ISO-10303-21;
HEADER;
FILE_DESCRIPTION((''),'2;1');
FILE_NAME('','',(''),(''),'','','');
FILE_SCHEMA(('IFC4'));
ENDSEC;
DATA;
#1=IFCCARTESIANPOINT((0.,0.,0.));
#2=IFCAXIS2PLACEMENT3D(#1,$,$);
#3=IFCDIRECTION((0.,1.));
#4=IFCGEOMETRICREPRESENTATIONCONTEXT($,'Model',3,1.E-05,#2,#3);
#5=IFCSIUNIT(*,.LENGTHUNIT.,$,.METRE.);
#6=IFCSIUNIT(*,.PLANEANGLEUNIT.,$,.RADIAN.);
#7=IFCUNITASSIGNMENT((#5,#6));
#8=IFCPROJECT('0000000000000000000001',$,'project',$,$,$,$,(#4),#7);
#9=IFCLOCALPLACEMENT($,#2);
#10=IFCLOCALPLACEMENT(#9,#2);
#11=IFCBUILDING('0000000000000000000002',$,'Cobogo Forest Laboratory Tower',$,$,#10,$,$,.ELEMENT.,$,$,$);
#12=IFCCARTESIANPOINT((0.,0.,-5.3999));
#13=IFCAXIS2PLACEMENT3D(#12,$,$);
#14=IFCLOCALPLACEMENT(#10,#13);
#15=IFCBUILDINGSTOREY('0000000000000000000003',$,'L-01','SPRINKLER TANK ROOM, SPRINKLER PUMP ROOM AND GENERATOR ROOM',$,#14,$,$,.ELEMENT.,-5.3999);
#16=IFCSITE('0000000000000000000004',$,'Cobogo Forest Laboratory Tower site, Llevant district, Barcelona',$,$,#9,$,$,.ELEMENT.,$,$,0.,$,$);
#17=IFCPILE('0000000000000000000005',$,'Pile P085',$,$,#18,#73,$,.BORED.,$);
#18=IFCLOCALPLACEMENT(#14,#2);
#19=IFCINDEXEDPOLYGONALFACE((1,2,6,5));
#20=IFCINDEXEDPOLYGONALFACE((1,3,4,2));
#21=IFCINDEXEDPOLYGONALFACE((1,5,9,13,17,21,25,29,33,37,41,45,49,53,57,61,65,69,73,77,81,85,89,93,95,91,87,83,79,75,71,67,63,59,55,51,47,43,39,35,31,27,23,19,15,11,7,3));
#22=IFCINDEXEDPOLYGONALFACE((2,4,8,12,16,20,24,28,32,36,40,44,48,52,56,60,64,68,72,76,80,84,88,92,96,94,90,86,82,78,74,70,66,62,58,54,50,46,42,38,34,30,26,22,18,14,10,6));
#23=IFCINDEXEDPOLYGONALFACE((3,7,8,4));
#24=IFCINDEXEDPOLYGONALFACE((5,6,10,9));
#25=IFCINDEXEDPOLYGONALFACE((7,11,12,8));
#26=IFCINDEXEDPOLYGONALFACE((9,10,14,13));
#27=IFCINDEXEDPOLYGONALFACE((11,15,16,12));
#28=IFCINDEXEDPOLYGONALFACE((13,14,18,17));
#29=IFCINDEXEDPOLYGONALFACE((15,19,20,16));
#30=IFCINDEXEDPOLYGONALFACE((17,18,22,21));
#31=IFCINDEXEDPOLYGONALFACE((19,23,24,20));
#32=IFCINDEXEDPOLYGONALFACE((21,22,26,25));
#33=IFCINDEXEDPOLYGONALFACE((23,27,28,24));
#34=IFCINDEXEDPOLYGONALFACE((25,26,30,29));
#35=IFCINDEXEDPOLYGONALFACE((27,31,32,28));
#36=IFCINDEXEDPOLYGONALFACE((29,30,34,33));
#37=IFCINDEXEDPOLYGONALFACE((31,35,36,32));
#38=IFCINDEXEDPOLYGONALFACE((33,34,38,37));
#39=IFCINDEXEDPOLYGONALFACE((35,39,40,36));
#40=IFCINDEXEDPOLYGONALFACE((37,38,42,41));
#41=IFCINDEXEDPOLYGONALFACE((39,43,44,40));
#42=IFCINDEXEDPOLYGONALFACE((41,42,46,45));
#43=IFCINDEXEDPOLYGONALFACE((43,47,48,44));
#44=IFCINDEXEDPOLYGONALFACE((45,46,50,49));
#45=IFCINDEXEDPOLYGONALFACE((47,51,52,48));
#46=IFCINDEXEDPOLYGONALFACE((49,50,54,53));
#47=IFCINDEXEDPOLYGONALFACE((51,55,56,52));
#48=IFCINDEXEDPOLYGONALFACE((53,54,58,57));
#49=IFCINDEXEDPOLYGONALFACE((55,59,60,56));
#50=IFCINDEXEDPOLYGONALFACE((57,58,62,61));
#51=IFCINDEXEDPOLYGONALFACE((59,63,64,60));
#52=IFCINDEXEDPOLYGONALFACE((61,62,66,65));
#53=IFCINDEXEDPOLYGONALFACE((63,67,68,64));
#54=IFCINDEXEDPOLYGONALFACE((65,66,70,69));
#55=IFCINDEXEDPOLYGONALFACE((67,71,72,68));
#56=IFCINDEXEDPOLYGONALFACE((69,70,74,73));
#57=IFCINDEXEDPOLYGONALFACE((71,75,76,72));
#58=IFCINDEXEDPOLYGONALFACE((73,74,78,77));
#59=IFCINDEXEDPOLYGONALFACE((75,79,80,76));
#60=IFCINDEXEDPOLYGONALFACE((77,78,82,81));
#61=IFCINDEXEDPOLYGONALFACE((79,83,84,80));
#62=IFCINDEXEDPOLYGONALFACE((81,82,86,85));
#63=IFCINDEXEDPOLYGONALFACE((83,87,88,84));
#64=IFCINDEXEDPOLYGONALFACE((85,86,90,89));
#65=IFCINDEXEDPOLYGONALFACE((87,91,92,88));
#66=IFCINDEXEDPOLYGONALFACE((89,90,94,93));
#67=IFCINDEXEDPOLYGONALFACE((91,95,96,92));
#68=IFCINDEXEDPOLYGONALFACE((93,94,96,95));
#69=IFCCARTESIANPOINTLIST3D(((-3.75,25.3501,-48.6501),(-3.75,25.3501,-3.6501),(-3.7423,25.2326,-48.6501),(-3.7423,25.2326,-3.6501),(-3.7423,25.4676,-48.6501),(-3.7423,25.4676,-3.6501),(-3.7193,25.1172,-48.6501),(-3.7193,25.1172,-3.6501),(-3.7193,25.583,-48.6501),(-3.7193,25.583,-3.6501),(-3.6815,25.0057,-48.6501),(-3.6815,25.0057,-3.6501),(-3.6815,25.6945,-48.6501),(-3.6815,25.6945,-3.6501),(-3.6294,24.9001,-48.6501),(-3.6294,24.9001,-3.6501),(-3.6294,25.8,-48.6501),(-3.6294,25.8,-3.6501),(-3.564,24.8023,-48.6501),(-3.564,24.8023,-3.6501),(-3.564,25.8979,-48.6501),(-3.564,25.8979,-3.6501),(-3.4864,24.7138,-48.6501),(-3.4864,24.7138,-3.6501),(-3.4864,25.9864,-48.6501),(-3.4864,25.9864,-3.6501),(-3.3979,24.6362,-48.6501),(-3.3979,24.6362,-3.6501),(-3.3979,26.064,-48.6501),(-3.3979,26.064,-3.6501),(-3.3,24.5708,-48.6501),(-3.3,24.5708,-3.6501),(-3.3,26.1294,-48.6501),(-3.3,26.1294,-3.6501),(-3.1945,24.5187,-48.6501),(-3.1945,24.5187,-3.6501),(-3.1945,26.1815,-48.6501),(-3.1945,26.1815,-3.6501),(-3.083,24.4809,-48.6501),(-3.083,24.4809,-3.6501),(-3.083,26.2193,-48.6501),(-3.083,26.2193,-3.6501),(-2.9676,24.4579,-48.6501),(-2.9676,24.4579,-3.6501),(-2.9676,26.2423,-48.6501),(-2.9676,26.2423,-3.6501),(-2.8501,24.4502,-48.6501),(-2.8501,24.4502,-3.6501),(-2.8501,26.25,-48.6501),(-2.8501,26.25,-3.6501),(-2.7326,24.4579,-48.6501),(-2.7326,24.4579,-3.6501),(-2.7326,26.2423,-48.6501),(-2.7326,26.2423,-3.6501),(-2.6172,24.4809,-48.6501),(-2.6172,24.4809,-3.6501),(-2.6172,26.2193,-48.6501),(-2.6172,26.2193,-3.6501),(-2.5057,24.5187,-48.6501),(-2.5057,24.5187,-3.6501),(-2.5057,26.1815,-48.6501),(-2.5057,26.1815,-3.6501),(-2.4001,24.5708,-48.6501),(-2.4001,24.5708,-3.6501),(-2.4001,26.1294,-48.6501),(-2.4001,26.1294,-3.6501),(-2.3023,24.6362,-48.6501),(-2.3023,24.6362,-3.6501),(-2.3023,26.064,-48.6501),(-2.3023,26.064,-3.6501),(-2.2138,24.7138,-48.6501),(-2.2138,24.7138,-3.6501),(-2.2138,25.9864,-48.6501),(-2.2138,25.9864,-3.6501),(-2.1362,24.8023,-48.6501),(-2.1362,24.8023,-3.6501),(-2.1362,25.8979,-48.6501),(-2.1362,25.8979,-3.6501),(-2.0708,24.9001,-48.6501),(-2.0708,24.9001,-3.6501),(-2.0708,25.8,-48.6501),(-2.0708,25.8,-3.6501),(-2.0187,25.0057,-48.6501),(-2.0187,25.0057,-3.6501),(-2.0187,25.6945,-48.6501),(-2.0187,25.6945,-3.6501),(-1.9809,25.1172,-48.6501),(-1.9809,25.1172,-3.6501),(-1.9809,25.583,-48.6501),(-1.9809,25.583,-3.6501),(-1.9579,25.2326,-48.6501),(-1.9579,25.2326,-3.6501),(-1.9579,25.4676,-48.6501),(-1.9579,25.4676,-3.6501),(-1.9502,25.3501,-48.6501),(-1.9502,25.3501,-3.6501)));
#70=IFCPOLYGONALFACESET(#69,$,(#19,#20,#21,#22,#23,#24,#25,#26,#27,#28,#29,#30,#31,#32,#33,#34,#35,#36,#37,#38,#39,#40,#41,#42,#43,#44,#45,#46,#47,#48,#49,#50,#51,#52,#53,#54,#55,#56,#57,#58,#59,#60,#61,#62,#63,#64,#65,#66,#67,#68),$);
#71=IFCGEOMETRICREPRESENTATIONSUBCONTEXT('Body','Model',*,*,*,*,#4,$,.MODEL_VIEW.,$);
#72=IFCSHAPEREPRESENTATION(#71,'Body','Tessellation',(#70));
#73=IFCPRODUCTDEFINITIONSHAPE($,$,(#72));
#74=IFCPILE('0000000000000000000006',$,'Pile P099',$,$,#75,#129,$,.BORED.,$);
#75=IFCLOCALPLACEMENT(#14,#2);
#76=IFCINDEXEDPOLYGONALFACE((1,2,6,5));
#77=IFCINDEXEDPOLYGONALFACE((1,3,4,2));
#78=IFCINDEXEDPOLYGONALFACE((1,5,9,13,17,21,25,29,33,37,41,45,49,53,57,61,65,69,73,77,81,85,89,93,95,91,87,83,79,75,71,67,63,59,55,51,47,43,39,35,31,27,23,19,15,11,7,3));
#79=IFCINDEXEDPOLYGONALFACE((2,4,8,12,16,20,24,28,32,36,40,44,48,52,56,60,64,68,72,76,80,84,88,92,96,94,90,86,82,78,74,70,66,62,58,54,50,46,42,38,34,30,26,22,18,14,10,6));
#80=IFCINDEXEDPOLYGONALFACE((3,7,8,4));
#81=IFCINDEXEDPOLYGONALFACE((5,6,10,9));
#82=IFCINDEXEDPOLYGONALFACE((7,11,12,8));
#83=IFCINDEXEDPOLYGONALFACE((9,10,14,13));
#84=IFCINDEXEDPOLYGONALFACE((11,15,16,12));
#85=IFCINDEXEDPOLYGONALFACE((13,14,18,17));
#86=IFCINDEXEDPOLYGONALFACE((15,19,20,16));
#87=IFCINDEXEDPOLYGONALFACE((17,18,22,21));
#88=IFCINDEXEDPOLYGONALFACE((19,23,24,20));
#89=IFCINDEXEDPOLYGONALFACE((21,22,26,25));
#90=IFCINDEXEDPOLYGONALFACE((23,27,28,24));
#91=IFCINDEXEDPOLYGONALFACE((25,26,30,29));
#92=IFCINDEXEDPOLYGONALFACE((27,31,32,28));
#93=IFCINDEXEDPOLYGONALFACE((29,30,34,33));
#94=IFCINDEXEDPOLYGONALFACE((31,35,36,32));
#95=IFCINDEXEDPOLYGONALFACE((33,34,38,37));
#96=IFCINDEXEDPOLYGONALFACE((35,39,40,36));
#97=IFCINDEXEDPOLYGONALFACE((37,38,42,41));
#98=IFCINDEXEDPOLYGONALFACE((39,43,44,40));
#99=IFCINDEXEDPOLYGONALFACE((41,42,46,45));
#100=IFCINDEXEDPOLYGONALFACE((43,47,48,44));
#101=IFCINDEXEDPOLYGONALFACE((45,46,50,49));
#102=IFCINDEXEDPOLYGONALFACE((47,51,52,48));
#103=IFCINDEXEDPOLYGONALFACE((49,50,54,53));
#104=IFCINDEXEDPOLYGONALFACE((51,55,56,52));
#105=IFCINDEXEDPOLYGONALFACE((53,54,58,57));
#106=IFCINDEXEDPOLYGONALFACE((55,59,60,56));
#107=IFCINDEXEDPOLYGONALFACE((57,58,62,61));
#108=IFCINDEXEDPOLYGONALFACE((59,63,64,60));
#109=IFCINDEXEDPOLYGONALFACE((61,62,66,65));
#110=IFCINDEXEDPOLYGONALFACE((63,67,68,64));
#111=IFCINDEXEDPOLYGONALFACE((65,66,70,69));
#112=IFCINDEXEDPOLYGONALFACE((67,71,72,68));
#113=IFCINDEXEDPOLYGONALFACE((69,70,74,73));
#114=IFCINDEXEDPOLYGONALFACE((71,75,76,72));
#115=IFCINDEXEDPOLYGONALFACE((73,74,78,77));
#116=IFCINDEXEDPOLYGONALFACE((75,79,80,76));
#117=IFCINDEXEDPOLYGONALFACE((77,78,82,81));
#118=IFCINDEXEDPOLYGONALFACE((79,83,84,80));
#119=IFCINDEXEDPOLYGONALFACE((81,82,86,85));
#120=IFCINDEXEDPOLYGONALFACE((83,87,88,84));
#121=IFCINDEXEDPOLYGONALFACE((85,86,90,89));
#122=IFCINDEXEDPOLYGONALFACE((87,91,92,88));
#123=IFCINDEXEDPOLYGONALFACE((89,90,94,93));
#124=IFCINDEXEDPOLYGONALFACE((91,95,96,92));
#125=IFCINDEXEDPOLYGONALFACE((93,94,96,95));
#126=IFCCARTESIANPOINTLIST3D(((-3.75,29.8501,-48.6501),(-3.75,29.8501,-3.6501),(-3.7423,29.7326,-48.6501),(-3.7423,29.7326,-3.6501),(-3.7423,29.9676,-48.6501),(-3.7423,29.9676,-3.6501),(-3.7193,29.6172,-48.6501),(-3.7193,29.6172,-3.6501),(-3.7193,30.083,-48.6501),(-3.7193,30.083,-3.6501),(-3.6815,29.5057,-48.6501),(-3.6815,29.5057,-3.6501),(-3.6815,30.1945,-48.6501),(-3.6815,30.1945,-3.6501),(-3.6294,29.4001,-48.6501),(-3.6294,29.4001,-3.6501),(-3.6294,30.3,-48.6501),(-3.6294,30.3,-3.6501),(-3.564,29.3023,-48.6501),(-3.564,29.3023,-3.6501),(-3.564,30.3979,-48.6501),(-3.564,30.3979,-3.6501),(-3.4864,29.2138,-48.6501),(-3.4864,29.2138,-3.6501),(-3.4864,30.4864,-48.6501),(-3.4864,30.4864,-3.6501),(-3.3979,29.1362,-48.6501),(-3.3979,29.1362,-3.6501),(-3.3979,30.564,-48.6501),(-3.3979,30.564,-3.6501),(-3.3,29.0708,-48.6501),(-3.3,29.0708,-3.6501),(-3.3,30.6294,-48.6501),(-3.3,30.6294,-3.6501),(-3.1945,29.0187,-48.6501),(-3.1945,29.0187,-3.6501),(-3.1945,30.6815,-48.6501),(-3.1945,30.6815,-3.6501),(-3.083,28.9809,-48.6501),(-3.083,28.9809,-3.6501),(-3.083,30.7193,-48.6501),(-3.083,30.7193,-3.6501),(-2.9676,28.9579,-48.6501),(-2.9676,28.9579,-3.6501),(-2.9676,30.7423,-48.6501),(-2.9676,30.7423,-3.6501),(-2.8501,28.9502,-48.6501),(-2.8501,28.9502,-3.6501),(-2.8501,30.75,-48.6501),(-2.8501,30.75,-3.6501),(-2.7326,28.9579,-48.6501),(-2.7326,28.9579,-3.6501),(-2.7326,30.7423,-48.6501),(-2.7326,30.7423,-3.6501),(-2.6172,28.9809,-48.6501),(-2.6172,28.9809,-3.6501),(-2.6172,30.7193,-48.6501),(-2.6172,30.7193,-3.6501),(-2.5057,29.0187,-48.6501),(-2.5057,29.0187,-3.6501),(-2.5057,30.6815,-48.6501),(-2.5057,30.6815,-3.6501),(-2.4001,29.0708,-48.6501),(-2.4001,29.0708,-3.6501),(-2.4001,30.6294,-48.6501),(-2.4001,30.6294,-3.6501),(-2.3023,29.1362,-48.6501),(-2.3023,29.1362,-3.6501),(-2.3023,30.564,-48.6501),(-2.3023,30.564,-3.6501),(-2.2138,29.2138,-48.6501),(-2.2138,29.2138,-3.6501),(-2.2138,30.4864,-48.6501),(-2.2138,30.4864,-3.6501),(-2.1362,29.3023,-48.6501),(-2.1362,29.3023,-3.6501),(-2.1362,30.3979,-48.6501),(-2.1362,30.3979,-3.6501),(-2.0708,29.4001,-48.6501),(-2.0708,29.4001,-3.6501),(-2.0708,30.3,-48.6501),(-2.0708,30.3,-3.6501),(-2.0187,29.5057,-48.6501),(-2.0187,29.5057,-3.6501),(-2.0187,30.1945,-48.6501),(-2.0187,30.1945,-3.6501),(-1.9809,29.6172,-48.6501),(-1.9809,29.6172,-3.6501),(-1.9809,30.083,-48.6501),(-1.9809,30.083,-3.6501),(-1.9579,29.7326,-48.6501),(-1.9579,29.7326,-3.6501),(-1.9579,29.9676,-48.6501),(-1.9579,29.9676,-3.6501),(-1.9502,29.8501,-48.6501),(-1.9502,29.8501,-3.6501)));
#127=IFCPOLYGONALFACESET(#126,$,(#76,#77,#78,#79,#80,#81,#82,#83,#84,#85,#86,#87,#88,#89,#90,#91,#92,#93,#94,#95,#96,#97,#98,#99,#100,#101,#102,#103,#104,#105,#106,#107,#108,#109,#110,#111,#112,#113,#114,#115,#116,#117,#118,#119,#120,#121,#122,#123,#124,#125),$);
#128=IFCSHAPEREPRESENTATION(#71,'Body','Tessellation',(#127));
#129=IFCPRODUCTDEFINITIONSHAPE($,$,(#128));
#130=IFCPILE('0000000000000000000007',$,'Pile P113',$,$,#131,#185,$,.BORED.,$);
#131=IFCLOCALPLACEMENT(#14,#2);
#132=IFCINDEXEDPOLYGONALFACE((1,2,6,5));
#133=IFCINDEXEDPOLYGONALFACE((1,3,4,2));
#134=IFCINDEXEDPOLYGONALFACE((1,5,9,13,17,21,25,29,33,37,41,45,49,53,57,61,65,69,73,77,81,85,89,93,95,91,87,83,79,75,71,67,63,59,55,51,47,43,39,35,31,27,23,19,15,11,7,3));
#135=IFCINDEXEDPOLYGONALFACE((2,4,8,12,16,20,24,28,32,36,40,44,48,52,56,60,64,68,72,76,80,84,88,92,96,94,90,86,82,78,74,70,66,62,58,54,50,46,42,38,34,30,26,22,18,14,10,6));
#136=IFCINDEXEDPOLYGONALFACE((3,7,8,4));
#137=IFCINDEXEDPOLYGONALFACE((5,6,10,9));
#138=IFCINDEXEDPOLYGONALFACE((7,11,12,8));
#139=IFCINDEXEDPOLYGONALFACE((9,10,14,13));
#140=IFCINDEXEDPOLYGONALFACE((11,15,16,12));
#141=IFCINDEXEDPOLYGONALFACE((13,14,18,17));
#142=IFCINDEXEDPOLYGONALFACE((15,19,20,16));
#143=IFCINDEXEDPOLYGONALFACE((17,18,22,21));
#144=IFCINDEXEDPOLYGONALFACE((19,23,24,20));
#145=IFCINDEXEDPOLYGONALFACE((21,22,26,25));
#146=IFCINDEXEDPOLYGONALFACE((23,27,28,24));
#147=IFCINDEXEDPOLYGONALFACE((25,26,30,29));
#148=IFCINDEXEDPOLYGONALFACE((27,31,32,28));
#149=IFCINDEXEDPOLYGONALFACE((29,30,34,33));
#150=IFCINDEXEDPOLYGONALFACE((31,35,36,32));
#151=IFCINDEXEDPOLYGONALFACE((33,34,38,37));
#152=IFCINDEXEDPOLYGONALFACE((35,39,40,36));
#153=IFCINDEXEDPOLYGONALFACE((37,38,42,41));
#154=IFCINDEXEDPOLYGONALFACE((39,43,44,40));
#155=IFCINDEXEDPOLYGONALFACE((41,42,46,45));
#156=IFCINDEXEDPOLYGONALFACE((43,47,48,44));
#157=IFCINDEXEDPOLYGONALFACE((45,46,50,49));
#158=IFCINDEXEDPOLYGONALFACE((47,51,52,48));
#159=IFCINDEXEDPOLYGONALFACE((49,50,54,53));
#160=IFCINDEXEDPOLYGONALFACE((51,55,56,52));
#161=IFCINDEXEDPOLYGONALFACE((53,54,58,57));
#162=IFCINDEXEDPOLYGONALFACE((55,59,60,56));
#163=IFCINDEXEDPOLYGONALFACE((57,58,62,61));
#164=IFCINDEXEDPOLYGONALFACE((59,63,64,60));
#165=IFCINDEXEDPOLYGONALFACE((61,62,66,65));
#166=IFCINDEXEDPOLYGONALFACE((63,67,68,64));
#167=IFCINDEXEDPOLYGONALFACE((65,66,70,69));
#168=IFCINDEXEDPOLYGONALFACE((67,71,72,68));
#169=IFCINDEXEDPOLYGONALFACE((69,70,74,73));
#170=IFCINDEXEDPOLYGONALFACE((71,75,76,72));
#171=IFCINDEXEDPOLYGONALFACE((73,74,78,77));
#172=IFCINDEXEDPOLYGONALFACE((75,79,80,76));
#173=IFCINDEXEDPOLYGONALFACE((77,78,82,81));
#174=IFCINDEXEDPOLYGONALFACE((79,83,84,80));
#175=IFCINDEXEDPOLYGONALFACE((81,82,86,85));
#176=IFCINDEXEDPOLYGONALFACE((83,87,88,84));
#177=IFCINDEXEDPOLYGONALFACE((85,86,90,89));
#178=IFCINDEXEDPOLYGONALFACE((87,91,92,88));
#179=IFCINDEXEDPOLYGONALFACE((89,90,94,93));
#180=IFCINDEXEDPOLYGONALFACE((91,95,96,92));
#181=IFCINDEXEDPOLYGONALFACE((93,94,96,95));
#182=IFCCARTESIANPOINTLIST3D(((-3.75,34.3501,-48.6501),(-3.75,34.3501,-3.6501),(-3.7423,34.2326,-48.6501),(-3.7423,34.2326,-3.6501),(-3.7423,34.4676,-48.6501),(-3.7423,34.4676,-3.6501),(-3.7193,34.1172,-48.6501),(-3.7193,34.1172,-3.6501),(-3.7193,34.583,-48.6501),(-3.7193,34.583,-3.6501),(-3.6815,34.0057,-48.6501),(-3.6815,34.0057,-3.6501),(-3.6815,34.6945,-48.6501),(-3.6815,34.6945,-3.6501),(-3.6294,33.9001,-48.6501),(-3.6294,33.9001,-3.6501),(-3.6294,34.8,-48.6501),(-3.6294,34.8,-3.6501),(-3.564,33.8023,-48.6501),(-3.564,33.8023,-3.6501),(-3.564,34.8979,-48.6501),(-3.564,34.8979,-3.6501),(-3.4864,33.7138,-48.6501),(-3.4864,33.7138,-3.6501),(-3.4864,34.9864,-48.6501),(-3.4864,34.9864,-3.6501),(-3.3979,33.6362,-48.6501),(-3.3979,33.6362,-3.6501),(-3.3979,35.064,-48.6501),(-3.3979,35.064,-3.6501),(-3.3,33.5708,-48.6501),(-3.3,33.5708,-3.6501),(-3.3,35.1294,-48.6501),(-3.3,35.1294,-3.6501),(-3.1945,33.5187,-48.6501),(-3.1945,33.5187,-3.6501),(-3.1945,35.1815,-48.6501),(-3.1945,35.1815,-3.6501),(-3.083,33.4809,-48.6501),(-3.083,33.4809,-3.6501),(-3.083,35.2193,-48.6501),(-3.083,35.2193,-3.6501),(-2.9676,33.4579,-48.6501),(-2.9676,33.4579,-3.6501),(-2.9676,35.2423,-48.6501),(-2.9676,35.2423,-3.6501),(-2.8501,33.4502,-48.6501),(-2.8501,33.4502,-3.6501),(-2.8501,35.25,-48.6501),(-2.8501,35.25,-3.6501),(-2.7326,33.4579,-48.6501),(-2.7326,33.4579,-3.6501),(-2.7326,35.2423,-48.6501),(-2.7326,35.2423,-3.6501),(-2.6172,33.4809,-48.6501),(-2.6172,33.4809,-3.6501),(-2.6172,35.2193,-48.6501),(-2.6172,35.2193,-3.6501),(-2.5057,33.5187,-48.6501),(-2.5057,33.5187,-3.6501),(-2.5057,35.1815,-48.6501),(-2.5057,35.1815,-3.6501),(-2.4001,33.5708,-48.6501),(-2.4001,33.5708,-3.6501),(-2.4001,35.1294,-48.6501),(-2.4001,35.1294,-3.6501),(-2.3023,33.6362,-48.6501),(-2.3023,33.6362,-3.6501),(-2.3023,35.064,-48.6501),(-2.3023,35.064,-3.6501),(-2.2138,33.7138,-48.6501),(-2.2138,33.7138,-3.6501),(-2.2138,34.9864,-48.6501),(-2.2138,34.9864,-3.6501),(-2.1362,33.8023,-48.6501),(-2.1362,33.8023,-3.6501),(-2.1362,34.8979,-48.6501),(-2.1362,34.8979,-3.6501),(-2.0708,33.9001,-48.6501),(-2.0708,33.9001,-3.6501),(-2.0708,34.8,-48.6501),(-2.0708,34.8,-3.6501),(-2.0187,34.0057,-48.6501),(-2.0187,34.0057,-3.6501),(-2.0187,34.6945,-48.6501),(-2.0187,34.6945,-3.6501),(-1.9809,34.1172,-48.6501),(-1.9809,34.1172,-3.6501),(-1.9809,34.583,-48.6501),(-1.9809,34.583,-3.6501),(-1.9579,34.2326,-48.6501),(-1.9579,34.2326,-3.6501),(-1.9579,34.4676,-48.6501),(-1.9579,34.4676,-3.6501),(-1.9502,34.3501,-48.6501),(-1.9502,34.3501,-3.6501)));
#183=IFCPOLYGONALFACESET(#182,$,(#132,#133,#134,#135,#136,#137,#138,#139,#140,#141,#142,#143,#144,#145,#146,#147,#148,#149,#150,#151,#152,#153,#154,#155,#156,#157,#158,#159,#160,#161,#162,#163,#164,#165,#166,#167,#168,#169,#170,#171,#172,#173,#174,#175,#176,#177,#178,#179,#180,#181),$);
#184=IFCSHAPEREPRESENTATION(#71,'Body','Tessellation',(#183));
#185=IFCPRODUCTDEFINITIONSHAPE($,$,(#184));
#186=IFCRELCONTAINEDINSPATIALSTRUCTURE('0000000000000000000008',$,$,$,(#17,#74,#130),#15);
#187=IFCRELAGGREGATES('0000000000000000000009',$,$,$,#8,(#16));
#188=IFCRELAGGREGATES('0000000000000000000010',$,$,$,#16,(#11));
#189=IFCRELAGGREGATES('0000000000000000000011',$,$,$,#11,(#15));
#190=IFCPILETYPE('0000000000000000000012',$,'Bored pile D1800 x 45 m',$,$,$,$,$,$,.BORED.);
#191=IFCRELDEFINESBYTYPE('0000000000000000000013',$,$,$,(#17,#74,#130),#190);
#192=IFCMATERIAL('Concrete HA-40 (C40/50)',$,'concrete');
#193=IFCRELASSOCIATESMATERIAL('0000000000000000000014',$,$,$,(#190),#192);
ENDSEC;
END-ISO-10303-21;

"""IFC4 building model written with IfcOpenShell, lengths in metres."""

from ifc_helpers import new_model, si_unit, direction, frame, origin, origin_2d, place, context, subcontext, project, spatial, circle, extrude, material, material_profile, profile_set, type_object, element, save


model = new_model("IFC4")

# Units and contexts
model_context = context("Model", 3, precision=1e-05, world=origin(), true_north=direction((0.0, 1.0)))
body_context = subcontext(model_context, "Body", "Model", "MODEL_VIEW")
ifc_project = project(units=[si_unit("LENGTHUNIT", "METRE"), si_unit("PLANEANGLEUNIT", "RADIAN")], contexts=[model_context])

# Site, building, storey
site_placement = place(None, origin())
site = spatial("IfcSite", under=ifc_project, at=site_placement, Name="Cobogo Forest Laboratory Tower site, Llevant district, Barcelona", CompositionType="ELEMENT", RefElevation=0.0)
building_placement = place(site_placement, origin())
building = spatial("IfcBuilding", under=site, at=building_placement, Name="Cobogo Forest Laboratory Tower", CompositionType="ELEMENT")
storey_placement = place(building_placement, frame((0.0, 0.0, -5.3999)))
storey = spatial("IfcBuildingStorey", under=building, at=storey_placement, Name="L-01", Description="SPRINKLER TANK ROOM, SPRINKLER PUMP ROOM AND GENERATOR ROOM", CompositionType="ELEMENT", Elevation=-5.3999)

# Piles
ifc_material_1 = material(Name="Concrete HA-40 (C40/50)", Category="concrete")
ifc_material_profile_1 = material_profile(ifc_material_1, circle(Radius=0.8999, at=origin_2d()), Name="PILE D1800")
ifc_profile_set_1 = profile_set([ifc_material_profile_1], Name="Concrete HA-40 (C40/50)")
pile_type_1 = type_object("IfcPileType", Name="Bored pile D1800 x 45 m", PredefinedType="BORED", material=ifc_profile_set_1)
for number, where, z_axis, x_axis, name in (
    (1, (-2.8501, 25.3501, -3.6501), (0.0, 0.0, -1.0), (1.0, 0.0, 0.0), "Pile P085"),
    (2, (-2.8501, 29.8501, -3.6501), (0.0, 0.0, -1.0), (1.0, 0.0, 0.0), "Pile P099"),
    (3, (-2.8501, 34.3501, -3.6501), (0.0, 0.0, -1.0), (1.0, 0.0, 0.0), "Pile P113"),
):
    element("IfcPile", number, at=place(storey_placement, frame(where, z_axis=z_axis, x_axis=x_axis)), inside=storey, type_object=pile_type_1, Name=name, PredefinedType="BORED", context=body_context, shape_type="SweptSolid", body=[
        extrude(circle(Radius=0.8999, at=origin_2d()), origin(), (0.0, 0.0, 1.0), 45.0),
    ])

save(model, "model.ifc")
